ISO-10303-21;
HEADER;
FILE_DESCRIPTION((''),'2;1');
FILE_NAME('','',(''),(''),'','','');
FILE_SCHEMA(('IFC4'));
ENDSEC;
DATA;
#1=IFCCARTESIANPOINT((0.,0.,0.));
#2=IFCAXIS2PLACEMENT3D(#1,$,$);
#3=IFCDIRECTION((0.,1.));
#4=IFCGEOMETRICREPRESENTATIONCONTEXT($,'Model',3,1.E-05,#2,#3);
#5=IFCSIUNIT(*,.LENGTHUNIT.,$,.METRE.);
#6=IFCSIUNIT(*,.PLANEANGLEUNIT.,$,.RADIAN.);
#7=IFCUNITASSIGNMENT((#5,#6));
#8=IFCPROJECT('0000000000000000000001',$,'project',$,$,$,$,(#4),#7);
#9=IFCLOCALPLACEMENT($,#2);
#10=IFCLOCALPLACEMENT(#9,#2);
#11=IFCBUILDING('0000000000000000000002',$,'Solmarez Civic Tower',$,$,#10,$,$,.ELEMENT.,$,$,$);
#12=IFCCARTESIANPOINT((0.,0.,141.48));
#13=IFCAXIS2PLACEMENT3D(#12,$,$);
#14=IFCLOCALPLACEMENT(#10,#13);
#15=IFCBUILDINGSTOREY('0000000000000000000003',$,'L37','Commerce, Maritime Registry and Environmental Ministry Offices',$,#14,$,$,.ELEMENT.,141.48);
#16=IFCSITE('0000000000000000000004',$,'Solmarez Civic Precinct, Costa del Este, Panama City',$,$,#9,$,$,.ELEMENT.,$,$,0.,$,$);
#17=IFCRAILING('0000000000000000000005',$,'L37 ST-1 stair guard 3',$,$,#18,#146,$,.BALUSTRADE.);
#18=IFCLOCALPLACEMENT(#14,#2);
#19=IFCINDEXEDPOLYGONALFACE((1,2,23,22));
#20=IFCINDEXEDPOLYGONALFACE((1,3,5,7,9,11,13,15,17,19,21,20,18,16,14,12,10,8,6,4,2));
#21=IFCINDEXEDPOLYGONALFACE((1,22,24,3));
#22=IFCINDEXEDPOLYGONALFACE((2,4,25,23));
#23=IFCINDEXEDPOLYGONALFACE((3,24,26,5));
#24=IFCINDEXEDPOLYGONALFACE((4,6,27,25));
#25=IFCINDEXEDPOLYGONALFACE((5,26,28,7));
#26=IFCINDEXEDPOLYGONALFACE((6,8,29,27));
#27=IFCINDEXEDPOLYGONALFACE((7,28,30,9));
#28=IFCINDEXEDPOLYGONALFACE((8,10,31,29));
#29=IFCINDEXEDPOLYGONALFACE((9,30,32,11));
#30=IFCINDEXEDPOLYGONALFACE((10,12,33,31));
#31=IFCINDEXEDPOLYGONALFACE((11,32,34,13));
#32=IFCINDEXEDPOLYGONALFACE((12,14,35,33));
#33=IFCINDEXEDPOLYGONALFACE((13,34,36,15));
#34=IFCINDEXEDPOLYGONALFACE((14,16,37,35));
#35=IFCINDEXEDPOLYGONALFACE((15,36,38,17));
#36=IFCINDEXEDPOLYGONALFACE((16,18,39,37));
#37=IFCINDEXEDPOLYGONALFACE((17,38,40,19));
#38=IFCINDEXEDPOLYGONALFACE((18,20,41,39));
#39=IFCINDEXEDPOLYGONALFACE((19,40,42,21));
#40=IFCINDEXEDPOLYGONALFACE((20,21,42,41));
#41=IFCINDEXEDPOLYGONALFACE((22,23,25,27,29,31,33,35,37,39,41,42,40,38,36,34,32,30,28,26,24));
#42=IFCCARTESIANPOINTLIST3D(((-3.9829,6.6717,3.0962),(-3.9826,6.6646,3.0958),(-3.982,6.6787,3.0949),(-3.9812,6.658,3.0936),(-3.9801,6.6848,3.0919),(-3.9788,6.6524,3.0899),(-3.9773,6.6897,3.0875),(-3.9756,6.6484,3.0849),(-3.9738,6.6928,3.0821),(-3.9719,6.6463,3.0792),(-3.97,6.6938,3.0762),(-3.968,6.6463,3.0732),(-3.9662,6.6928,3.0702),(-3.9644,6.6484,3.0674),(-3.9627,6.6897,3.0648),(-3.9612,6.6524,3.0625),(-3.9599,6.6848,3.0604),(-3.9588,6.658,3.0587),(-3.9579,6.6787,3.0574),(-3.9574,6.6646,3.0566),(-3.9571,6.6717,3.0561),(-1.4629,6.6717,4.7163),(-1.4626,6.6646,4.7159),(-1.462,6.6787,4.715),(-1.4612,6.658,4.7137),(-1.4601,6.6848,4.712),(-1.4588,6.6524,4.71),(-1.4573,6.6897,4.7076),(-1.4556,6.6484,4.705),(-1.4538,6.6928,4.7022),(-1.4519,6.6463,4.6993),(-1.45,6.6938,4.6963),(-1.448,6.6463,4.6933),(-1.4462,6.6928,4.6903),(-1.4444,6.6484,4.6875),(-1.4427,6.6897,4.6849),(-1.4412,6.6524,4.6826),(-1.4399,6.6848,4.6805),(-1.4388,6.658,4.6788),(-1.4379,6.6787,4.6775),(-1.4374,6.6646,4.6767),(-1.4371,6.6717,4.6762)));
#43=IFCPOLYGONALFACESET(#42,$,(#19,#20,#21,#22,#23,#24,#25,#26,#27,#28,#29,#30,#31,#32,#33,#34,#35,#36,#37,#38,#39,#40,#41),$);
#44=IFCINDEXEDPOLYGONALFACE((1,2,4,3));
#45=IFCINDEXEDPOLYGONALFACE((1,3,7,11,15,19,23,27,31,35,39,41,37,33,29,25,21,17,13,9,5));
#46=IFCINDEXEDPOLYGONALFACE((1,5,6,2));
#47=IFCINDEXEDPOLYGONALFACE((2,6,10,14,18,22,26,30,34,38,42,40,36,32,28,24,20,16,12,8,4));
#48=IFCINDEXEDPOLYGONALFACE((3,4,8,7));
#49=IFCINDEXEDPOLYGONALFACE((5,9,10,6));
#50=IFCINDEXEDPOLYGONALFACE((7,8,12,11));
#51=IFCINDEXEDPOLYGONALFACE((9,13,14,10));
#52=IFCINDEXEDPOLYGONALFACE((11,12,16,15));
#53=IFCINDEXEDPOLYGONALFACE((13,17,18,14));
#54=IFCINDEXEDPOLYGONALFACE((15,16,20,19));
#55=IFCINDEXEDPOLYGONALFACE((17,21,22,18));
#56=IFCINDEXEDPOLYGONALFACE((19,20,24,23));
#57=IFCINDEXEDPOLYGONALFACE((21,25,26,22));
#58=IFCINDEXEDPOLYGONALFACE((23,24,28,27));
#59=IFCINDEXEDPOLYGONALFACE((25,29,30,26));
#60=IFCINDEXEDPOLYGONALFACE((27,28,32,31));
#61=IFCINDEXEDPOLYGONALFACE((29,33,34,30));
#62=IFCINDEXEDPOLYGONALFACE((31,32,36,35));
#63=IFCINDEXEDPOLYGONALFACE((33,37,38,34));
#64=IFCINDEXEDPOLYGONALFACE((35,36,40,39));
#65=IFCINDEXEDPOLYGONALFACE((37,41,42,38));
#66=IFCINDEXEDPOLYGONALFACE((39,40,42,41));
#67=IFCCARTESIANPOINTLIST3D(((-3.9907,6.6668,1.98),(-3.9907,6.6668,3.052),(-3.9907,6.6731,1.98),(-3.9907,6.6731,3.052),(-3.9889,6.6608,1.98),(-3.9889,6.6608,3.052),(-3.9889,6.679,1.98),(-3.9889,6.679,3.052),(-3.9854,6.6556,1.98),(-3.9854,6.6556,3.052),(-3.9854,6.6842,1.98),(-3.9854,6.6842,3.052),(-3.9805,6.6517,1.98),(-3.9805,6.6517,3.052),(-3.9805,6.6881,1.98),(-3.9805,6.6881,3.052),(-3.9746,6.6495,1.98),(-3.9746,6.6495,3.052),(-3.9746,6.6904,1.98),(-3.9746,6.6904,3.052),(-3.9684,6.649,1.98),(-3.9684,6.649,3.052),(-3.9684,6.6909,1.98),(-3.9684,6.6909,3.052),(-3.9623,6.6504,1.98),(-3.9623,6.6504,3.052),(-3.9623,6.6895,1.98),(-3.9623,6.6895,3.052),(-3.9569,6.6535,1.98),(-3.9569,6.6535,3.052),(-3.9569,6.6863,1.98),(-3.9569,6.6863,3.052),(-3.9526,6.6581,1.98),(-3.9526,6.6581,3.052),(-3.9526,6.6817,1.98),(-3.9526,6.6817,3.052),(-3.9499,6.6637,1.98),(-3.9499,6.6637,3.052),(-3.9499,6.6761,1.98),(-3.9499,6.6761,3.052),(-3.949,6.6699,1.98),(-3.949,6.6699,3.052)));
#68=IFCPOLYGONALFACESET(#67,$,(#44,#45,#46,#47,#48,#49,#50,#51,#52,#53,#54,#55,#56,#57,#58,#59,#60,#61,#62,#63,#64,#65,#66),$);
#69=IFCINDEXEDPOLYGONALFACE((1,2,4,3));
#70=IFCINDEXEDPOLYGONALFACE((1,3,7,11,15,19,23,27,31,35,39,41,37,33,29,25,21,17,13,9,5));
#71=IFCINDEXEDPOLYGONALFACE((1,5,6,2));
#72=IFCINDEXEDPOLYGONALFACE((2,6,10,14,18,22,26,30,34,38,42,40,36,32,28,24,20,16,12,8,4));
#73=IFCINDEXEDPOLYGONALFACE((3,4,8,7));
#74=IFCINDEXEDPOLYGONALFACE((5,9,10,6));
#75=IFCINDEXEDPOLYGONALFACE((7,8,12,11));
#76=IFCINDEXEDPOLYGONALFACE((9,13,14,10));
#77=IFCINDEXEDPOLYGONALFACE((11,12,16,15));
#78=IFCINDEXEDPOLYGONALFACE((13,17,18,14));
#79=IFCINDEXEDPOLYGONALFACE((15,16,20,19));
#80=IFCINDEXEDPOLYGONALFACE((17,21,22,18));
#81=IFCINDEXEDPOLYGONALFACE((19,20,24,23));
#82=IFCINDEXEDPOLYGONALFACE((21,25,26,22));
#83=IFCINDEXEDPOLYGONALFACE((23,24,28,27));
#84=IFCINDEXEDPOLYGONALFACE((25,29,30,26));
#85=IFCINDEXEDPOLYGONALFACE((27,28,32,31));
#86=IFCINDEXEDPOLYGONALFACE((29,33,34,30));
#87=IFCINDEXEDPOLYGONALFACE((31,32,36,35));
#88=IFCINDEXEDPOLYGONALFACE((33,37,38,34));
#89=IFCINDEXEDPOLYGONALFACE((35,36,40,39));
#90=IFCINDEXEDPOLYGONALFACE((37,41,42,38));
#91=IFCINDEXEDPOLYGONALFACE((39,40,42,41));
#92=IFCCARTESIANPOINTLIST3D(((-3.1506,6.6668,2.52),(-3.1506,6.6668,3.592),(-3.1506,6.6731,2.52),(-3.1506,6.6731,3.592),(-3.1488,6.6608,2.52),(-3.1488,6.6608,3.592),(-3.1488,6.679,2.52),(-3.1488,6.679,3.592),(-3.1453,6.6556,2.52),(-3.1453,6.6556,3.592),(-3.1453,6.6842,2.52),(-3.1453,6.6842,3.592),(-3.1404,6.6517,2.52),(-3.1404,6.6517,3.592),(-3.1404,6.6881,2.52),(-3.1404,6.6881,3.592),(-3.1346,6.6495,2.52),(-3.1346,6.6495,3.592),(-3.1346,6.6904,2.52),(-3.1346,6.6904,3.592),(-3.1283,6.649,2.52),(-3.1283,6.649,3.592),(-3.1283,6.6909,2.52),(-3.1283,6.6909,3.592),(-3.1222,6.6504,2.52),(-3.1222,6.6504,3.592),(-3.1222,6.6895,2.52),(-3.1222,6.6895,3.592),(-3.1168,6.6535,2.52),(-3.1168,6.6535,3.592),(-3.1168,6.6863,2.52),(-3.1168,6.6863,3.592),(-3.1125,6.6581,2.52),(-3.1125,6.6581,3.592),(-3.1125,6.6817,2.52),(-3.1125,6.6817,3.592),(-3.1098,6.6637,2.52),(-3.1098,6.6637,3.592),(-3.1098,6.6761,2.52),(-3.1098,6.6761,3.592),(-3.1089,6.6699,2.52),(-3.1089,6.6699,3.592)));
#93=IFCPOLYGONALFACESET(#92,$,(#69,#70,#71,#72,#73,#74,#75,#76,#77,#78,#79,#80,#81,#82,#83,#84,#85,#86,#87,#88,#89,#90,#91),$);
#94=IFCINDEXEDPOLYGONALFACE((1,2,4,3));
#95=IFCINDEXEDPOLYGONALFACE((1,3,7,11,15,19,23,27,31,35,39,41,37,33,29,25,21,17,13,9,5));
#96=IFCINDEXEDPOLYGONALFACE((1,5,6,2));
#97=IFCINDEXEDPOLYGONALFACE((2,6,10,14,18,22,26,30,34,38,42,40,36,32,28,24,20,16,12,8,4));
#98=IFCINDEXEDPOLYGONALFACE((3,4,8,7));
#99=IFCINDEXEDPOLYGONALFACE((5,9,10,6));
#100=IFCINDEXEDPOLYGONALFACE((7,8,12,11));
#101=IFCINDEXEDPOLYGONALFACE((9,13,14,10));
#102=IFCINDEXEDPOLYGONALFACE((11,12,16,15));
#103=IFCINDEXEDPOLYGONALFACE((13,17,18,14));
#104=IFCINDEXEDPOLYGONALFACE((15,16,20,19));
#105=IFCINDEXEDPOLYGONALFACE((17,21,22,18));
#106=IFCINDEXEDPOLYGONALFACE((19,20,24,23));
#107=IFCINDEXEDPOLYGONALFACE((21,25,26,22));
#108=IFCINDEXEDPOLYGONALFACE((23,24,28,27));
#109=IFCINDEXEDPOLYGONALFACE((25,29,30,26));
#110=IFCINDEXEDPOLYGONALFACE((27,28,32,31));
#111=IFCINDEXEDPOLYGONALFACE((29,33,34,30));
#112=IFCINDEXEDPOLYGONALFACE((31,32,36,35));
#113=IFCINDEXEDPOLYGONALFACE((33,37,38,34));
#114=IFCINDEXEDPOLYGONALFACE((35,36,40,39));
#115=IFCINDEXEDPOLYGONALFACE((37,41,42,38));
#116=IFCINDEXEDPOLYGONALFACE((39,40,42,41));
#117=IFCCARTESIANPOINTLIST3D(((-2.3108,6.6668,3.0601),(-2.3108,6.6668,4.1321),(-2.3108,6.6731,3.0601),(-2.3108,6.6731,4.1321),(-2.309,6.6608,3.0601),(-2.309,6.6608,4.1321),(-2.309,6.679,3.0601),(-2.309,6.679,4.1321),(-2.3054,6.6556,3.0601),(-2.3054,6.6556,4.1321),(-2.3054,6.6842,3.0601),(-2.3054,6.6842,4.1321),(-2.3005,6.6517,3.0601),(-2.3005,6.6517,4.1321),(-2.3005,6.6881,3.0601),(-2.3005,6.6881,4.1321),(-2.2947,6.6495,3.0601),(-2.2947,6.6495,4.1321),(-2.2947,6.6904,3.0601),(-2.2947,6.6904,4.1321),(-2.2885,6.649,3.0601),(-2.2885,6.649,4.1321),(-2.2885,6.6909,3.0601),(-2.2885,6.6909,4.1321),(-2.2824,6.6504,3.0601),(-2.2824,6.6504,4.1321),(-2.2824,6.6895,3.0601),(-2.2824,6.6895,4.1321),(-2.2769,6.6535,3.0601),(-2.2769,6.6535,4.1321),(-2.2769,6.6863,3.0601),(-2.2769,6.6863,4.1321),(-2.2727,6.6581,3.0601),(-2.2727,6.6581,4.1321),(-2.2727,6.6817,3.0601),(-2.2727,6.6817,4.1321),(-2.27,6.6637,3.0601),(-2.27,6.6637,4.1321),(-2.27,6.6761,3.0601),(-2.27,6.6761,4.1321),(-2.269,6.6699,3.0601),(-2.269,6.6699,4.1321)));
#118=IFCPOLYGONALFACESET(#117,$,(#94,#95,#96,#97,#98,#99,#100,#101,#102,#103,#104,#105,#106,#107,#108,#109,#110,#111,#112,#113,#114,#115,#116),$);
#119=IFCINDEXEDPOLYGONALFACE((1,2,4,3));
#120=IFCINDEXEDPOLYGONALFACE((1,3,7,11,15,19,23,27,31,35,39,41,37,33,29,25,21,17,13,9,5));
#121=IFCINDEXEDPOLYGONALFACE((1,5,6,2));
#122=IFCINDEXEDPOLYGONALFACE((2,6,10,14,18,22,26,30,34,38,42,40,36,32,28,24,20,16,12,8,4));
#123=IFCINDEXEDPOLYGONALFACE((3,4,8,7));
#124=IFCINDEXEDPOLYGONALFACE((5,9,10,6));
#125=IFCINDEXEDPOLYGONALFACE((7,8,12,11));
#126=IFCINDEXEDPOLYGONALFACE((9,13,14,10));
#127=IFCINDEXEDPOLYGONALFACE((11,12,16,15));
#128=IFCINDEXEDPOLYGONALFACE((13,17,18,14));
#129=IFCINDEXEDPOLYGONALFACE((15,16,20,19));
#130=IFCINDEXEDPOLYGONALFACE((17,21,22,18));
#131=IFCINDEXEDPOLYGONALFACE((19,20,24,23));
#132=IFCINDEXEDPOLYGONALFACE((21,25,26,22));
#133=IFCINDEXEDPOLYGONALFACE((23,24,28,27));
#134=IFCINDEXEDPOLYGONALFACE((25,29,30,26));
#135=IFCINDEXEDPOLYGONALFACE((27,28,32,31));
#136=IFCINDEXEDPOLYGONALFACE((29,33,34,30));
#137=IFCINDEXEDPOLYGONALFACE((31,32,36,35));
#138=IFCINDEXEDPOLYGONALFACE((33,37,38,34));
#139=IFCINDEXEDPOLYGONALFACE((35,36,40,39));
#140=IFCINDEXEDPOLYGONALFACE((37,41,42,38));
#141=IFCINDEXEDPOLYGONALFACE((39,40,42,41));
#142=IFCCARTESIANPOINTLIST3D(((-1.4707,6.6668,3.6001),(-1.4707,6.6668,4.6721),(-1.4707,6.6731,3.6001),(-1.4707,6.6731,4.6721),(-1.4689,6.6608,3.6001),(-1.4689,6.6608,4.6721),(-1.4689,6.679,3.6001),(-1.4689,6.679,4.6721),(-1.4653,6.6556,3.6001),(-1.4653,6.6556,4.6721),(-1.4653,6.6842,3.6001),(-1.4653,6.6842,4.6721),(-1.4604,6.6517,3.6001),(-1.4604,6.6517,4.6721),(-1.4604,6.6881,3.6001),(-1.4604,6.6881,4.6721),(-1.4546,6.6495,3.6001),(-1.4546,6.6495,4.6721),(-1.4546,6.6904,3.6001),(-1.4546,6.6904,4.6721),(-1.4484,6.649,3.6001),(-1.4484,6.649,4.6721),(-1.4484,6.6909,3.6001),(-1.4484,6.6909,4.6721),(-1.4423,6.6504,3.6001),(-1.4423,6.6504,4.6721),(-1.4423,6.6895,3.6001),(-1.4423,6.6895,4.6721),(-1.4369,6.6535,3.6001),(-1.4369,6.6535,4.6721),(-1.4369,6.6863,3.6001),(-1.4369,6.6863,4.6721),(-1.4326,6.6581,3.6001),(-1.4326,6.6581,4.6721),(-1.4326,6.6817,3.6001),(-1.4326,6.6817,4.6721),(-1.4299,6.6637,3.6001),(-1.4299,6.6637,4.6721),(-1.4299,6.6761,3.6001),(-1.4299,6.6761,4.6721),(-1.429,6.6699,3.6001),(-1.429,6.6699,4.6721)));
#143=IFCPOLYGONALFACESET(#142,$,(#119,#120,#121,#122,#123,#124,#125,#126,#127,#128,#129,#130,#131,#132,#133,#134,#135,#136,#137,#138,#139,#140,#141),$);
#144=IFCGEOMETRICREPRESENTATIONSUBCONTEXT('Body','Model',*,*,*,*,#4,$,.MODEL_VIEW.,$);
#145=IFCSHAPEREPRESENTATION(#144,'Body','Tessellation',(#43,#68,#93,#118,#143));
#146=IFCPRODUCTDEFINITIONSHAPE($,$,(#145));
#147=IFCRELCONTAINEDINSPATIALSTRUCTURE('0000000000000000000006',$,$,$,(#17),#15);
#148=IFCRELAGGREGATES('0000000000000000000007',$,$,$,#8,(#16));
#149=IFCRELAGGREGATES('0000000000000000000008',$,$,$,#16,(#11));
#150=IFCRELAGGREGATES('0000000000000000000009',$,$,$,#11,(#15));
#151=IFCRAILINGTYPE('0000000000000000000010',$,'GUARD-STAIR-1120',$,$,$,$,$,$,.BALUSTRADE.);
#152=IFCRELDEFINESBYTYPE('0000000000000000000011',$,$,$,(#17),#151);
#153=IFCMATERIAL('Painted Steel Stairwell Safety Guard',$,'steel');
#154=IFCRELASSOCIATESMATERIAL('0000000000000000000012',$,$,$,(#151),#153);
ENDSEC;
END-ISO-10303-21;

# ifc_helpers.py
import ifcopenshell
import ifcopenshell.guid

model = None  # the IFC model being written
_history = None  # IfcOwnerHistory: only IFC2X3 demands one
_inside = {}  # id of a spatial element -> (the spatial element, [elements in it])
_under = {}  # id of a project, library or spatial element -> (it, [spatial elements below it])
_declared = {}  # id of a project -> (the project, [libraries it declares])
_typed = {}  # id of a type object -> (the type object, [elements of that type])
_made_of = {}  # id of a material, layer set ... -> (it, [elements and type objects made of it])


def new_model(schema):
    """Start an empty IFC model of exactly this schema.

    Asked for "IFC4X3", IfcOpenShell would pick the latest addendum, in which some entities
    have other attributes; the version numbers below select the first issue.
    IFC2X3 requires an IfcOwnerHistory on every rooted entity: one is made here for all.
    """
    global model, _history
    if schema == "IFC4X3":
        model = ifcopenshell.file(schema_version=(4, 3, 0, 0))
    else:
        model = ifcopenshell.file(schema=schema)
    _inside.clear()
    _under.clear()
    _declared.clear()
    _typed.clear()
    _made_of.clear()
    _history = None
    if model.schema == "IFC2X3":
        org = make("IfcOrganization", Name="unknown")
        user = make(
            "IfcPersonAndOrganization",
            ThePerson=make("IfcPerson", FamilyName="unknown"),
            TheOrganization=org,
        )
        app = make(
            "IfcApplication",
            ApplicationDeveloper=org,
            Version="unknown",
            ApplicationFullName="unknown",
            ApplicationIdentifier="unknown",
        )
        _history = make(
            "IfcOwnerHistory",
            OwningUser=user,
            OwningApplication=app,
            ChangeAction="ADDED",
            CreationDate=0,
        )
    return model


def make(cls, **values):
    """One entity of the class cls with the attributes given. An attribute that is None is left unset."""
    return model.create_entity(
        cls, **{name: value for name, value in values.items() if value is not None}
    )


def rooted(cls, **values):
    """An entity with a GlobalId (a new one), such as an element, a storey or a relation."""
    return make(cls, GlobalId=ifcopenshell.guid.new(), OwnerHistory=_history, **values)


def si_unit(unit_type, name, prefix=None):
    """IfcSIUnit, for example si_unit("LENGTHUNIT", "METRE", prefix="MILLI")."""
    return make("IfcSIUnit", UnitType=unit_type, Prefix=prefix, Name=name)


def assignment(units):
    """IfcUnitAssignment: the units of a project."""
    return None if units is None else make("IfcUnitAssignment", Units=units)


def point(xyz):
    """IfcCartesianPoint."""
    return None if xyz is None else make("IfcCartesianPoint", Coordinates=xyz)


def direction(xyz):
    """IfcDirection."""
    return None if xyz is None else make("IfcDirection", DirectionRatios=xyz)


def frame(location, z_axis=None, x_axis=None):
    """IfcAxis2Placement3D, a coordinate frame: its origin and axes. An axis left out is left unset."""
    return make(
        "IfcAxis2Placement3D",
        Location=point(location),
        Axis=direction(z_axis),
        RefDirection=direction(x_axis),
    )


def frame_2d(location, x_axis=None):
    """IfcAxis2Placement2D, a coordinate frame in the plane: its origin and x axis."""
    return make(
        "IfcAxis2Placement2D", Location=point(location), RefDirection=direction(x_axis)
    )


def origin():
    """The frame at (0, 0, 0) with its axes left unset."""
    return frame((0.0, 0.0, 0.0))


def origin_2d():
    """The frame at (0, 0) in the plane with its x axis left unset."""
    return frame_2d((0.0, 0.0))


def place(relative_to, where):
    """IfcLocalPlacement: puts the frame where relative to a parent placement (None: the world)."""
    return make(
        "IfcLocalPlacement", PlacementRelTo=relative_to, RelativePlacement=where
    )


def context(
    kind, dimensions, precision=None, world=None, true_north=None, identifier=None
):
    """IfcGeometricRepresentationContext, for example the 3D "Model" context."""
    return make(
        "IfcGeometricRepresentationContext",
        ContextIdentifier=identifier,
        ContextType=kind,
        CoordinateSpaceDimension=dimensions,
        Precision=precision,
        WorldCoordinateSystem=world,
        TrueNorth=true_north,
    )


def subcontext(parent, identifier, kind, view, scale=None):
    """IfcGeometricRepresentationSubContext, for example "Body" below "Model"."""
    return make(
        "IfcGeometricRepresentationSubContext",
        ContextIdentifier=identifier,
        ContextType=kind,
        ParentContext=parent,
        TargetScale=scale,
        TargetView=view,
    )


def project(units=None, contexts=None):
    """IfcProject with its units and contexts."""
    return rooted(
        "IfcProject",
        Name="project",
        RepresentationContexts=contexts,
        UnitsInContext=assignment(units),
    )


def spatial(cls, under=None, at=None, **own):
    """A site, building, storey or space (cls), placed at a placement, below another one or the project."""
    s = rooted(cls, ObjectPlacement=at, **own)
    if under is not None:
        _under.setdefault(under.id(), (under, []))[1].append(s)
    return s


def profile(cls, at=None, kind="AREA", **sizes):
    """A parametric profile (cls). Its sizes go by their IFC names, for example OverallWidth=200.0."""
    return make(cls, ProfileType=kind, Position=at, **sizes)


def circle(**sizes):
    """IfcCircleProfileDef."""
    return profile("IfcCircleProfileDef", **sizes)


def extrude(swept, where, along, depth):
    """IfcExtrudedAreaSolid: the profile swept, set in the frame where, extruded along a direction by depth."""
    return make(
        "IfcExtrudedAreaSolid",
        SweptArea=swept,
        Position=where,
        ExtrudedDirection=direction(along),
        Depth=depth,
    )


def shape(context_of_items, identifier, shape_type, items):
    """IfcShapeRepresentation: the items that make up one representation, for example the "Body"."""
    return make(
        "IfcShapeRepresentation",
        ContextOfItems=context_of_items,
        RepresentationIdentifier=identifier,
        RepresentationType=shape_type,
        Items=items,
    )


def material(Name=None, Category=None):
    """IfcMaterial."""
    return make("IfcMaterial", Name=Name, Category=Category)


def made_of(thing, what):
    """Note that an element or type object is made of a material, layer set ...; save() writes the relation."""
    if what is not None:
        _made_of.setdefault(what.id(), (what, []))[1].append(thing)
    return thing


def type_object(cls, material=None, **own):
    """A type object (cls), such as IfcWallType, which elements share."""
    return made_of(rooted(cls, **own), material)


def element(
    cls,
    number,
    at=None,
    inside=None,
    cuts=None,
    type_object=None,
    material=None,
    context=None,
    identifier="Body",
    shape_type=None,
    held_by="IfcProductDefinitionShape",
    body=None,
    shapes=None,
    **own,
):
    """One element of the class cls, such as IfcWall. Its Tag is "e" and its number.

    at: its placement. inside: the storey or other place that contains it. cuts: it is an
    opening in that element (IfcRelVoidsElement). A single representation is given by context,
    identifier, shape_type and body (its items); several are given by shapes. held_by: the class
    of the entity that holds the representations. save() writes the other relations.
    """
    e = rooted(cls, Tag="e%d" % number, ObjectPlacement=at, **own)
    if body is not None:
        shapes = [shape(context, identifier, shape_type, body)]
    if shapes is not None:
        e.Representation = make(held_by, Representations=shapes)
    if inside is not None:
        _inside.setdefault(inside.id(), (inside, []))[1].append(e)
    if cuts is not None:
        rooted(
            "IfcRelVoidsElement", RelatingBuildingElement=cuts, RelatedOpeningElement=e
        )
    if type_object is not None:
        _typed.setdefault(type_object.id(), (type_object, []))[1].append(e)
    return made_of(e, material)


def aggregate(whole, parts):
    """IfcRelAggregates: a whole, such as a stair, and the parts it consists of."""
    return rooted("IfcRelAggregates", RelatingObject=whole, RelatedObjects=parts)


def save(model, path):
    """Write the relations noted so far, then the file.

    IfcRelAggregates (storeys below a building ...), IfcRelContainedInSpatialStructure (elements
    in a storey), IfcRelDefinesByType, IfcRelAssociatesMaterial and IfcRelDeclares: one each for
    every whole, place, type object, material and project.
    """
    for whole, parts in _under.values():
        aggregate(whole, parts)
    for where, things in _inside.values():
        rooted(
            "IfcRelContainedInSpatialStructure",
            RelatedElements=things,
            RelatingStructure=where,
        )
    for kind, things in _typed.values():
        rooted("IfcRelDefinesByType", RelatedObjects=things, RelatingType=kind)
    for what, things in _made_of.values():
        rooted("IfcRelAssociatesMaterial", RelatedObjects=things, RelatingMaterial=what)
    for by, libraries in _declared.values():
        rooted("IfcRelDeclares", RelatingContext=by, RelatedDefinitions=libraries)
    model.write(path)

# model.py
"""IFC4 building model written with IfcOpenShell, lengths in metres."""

from ifc_helpers import new_model, si_unit, direction, frame, origin, origin_2d, place, context, subcontext, project, spatial, circle, extrude, material, type_object, element, save


model = new_model("IFC4")

# Units and contexts
model_context = context("Model", 3, precision=1e-05, world=origin(), true_north=direction((0.0, 1.0)))
body_context = subcontext(model_context, "Body", "Model", "MODEL_VIEW")
ifc_project = project(units=[si_unit("LENGTHUNIT", "METRE"), si_unit("PLANEANGLEUNIT", "RADIAN")], contexts=[model_context])

# Site, building, storey
site_placement = place(None, origin())
site = spatial("IfcSite", under=ifc_project, at=site_placement, Name="Solmarez Civic Precinct, Costa del Este, Panama City", CompositionType="ELEMENT", RefElevation=0.0)
building_placement = place(site_placement, origin())
building = spatial("IfcBuilding", under=site, at=building_placement, Name="Solmarez Civic Tower", CompositionType="ELEMENT")
storey_placement = place(building_placement, frame((0.0, 0.0, 141.48)))
storey = spatial("IfcBuildingStorey", under=building, at=storey_placement, Name="L37", Description="Commerce, Maritime Registry and Environmental Ministry Offices", CompositionType="ELEMENT", Elevation=141.48)

# Railing
ifc_material_1 = material(Name="Painted Steel Stairwell Safety Guard", Category="steel")
railing_type_1 = type_object("IfcRailingType", Name="GUARD-STAIR-1120", PredefinedType="BALUSTRADE", material=ifc_material_1)
railing_1_placement = place(storey_placement, frame((-3.97, 6.6699, 1.98)))
element("IfcRailing", 1, at=railing_1_placement, inside=storey, type_object=railing_type_1, Name="L37 ST-1 stair guard 3", PredefinedType="BALUSTRADE", context=body_context, shape_type="SweptSolid", body=[
    extrude(circle(Radius=0.0239, at=origin_2d()), frame((0.0, 0.0, 1.0962), z_axis=(0.841163, 0.0, 0.540782), x_axis=(0.0, 1.0, 0.0)), (0.0, 0.0, 1.0), 2.9958),
    extrude(circle(Radius=0.021, at=origin_2d()), origin(), (0.0, 0.0, 1.0), 1.072),
    extrude(circle(Radius=0.021, at=origin_2d()), frame((0.8401, 0.0, 0.54)), (0.0, 0.0, 1.0), 1.072),
    extrude(circle(Radius=0.021, at=origin_2d()), frame((1.6799, 0.0, 1.0801)), (0.0, 0.0, 1.0), 1.072),
    extrude(circle(Radius=0.021, at=origin_2d()), frame((2.52, 0.0, 1.6201)), (0.0, 0.0, 1.0), 1.072),
])

save(model, "model.ifc")
